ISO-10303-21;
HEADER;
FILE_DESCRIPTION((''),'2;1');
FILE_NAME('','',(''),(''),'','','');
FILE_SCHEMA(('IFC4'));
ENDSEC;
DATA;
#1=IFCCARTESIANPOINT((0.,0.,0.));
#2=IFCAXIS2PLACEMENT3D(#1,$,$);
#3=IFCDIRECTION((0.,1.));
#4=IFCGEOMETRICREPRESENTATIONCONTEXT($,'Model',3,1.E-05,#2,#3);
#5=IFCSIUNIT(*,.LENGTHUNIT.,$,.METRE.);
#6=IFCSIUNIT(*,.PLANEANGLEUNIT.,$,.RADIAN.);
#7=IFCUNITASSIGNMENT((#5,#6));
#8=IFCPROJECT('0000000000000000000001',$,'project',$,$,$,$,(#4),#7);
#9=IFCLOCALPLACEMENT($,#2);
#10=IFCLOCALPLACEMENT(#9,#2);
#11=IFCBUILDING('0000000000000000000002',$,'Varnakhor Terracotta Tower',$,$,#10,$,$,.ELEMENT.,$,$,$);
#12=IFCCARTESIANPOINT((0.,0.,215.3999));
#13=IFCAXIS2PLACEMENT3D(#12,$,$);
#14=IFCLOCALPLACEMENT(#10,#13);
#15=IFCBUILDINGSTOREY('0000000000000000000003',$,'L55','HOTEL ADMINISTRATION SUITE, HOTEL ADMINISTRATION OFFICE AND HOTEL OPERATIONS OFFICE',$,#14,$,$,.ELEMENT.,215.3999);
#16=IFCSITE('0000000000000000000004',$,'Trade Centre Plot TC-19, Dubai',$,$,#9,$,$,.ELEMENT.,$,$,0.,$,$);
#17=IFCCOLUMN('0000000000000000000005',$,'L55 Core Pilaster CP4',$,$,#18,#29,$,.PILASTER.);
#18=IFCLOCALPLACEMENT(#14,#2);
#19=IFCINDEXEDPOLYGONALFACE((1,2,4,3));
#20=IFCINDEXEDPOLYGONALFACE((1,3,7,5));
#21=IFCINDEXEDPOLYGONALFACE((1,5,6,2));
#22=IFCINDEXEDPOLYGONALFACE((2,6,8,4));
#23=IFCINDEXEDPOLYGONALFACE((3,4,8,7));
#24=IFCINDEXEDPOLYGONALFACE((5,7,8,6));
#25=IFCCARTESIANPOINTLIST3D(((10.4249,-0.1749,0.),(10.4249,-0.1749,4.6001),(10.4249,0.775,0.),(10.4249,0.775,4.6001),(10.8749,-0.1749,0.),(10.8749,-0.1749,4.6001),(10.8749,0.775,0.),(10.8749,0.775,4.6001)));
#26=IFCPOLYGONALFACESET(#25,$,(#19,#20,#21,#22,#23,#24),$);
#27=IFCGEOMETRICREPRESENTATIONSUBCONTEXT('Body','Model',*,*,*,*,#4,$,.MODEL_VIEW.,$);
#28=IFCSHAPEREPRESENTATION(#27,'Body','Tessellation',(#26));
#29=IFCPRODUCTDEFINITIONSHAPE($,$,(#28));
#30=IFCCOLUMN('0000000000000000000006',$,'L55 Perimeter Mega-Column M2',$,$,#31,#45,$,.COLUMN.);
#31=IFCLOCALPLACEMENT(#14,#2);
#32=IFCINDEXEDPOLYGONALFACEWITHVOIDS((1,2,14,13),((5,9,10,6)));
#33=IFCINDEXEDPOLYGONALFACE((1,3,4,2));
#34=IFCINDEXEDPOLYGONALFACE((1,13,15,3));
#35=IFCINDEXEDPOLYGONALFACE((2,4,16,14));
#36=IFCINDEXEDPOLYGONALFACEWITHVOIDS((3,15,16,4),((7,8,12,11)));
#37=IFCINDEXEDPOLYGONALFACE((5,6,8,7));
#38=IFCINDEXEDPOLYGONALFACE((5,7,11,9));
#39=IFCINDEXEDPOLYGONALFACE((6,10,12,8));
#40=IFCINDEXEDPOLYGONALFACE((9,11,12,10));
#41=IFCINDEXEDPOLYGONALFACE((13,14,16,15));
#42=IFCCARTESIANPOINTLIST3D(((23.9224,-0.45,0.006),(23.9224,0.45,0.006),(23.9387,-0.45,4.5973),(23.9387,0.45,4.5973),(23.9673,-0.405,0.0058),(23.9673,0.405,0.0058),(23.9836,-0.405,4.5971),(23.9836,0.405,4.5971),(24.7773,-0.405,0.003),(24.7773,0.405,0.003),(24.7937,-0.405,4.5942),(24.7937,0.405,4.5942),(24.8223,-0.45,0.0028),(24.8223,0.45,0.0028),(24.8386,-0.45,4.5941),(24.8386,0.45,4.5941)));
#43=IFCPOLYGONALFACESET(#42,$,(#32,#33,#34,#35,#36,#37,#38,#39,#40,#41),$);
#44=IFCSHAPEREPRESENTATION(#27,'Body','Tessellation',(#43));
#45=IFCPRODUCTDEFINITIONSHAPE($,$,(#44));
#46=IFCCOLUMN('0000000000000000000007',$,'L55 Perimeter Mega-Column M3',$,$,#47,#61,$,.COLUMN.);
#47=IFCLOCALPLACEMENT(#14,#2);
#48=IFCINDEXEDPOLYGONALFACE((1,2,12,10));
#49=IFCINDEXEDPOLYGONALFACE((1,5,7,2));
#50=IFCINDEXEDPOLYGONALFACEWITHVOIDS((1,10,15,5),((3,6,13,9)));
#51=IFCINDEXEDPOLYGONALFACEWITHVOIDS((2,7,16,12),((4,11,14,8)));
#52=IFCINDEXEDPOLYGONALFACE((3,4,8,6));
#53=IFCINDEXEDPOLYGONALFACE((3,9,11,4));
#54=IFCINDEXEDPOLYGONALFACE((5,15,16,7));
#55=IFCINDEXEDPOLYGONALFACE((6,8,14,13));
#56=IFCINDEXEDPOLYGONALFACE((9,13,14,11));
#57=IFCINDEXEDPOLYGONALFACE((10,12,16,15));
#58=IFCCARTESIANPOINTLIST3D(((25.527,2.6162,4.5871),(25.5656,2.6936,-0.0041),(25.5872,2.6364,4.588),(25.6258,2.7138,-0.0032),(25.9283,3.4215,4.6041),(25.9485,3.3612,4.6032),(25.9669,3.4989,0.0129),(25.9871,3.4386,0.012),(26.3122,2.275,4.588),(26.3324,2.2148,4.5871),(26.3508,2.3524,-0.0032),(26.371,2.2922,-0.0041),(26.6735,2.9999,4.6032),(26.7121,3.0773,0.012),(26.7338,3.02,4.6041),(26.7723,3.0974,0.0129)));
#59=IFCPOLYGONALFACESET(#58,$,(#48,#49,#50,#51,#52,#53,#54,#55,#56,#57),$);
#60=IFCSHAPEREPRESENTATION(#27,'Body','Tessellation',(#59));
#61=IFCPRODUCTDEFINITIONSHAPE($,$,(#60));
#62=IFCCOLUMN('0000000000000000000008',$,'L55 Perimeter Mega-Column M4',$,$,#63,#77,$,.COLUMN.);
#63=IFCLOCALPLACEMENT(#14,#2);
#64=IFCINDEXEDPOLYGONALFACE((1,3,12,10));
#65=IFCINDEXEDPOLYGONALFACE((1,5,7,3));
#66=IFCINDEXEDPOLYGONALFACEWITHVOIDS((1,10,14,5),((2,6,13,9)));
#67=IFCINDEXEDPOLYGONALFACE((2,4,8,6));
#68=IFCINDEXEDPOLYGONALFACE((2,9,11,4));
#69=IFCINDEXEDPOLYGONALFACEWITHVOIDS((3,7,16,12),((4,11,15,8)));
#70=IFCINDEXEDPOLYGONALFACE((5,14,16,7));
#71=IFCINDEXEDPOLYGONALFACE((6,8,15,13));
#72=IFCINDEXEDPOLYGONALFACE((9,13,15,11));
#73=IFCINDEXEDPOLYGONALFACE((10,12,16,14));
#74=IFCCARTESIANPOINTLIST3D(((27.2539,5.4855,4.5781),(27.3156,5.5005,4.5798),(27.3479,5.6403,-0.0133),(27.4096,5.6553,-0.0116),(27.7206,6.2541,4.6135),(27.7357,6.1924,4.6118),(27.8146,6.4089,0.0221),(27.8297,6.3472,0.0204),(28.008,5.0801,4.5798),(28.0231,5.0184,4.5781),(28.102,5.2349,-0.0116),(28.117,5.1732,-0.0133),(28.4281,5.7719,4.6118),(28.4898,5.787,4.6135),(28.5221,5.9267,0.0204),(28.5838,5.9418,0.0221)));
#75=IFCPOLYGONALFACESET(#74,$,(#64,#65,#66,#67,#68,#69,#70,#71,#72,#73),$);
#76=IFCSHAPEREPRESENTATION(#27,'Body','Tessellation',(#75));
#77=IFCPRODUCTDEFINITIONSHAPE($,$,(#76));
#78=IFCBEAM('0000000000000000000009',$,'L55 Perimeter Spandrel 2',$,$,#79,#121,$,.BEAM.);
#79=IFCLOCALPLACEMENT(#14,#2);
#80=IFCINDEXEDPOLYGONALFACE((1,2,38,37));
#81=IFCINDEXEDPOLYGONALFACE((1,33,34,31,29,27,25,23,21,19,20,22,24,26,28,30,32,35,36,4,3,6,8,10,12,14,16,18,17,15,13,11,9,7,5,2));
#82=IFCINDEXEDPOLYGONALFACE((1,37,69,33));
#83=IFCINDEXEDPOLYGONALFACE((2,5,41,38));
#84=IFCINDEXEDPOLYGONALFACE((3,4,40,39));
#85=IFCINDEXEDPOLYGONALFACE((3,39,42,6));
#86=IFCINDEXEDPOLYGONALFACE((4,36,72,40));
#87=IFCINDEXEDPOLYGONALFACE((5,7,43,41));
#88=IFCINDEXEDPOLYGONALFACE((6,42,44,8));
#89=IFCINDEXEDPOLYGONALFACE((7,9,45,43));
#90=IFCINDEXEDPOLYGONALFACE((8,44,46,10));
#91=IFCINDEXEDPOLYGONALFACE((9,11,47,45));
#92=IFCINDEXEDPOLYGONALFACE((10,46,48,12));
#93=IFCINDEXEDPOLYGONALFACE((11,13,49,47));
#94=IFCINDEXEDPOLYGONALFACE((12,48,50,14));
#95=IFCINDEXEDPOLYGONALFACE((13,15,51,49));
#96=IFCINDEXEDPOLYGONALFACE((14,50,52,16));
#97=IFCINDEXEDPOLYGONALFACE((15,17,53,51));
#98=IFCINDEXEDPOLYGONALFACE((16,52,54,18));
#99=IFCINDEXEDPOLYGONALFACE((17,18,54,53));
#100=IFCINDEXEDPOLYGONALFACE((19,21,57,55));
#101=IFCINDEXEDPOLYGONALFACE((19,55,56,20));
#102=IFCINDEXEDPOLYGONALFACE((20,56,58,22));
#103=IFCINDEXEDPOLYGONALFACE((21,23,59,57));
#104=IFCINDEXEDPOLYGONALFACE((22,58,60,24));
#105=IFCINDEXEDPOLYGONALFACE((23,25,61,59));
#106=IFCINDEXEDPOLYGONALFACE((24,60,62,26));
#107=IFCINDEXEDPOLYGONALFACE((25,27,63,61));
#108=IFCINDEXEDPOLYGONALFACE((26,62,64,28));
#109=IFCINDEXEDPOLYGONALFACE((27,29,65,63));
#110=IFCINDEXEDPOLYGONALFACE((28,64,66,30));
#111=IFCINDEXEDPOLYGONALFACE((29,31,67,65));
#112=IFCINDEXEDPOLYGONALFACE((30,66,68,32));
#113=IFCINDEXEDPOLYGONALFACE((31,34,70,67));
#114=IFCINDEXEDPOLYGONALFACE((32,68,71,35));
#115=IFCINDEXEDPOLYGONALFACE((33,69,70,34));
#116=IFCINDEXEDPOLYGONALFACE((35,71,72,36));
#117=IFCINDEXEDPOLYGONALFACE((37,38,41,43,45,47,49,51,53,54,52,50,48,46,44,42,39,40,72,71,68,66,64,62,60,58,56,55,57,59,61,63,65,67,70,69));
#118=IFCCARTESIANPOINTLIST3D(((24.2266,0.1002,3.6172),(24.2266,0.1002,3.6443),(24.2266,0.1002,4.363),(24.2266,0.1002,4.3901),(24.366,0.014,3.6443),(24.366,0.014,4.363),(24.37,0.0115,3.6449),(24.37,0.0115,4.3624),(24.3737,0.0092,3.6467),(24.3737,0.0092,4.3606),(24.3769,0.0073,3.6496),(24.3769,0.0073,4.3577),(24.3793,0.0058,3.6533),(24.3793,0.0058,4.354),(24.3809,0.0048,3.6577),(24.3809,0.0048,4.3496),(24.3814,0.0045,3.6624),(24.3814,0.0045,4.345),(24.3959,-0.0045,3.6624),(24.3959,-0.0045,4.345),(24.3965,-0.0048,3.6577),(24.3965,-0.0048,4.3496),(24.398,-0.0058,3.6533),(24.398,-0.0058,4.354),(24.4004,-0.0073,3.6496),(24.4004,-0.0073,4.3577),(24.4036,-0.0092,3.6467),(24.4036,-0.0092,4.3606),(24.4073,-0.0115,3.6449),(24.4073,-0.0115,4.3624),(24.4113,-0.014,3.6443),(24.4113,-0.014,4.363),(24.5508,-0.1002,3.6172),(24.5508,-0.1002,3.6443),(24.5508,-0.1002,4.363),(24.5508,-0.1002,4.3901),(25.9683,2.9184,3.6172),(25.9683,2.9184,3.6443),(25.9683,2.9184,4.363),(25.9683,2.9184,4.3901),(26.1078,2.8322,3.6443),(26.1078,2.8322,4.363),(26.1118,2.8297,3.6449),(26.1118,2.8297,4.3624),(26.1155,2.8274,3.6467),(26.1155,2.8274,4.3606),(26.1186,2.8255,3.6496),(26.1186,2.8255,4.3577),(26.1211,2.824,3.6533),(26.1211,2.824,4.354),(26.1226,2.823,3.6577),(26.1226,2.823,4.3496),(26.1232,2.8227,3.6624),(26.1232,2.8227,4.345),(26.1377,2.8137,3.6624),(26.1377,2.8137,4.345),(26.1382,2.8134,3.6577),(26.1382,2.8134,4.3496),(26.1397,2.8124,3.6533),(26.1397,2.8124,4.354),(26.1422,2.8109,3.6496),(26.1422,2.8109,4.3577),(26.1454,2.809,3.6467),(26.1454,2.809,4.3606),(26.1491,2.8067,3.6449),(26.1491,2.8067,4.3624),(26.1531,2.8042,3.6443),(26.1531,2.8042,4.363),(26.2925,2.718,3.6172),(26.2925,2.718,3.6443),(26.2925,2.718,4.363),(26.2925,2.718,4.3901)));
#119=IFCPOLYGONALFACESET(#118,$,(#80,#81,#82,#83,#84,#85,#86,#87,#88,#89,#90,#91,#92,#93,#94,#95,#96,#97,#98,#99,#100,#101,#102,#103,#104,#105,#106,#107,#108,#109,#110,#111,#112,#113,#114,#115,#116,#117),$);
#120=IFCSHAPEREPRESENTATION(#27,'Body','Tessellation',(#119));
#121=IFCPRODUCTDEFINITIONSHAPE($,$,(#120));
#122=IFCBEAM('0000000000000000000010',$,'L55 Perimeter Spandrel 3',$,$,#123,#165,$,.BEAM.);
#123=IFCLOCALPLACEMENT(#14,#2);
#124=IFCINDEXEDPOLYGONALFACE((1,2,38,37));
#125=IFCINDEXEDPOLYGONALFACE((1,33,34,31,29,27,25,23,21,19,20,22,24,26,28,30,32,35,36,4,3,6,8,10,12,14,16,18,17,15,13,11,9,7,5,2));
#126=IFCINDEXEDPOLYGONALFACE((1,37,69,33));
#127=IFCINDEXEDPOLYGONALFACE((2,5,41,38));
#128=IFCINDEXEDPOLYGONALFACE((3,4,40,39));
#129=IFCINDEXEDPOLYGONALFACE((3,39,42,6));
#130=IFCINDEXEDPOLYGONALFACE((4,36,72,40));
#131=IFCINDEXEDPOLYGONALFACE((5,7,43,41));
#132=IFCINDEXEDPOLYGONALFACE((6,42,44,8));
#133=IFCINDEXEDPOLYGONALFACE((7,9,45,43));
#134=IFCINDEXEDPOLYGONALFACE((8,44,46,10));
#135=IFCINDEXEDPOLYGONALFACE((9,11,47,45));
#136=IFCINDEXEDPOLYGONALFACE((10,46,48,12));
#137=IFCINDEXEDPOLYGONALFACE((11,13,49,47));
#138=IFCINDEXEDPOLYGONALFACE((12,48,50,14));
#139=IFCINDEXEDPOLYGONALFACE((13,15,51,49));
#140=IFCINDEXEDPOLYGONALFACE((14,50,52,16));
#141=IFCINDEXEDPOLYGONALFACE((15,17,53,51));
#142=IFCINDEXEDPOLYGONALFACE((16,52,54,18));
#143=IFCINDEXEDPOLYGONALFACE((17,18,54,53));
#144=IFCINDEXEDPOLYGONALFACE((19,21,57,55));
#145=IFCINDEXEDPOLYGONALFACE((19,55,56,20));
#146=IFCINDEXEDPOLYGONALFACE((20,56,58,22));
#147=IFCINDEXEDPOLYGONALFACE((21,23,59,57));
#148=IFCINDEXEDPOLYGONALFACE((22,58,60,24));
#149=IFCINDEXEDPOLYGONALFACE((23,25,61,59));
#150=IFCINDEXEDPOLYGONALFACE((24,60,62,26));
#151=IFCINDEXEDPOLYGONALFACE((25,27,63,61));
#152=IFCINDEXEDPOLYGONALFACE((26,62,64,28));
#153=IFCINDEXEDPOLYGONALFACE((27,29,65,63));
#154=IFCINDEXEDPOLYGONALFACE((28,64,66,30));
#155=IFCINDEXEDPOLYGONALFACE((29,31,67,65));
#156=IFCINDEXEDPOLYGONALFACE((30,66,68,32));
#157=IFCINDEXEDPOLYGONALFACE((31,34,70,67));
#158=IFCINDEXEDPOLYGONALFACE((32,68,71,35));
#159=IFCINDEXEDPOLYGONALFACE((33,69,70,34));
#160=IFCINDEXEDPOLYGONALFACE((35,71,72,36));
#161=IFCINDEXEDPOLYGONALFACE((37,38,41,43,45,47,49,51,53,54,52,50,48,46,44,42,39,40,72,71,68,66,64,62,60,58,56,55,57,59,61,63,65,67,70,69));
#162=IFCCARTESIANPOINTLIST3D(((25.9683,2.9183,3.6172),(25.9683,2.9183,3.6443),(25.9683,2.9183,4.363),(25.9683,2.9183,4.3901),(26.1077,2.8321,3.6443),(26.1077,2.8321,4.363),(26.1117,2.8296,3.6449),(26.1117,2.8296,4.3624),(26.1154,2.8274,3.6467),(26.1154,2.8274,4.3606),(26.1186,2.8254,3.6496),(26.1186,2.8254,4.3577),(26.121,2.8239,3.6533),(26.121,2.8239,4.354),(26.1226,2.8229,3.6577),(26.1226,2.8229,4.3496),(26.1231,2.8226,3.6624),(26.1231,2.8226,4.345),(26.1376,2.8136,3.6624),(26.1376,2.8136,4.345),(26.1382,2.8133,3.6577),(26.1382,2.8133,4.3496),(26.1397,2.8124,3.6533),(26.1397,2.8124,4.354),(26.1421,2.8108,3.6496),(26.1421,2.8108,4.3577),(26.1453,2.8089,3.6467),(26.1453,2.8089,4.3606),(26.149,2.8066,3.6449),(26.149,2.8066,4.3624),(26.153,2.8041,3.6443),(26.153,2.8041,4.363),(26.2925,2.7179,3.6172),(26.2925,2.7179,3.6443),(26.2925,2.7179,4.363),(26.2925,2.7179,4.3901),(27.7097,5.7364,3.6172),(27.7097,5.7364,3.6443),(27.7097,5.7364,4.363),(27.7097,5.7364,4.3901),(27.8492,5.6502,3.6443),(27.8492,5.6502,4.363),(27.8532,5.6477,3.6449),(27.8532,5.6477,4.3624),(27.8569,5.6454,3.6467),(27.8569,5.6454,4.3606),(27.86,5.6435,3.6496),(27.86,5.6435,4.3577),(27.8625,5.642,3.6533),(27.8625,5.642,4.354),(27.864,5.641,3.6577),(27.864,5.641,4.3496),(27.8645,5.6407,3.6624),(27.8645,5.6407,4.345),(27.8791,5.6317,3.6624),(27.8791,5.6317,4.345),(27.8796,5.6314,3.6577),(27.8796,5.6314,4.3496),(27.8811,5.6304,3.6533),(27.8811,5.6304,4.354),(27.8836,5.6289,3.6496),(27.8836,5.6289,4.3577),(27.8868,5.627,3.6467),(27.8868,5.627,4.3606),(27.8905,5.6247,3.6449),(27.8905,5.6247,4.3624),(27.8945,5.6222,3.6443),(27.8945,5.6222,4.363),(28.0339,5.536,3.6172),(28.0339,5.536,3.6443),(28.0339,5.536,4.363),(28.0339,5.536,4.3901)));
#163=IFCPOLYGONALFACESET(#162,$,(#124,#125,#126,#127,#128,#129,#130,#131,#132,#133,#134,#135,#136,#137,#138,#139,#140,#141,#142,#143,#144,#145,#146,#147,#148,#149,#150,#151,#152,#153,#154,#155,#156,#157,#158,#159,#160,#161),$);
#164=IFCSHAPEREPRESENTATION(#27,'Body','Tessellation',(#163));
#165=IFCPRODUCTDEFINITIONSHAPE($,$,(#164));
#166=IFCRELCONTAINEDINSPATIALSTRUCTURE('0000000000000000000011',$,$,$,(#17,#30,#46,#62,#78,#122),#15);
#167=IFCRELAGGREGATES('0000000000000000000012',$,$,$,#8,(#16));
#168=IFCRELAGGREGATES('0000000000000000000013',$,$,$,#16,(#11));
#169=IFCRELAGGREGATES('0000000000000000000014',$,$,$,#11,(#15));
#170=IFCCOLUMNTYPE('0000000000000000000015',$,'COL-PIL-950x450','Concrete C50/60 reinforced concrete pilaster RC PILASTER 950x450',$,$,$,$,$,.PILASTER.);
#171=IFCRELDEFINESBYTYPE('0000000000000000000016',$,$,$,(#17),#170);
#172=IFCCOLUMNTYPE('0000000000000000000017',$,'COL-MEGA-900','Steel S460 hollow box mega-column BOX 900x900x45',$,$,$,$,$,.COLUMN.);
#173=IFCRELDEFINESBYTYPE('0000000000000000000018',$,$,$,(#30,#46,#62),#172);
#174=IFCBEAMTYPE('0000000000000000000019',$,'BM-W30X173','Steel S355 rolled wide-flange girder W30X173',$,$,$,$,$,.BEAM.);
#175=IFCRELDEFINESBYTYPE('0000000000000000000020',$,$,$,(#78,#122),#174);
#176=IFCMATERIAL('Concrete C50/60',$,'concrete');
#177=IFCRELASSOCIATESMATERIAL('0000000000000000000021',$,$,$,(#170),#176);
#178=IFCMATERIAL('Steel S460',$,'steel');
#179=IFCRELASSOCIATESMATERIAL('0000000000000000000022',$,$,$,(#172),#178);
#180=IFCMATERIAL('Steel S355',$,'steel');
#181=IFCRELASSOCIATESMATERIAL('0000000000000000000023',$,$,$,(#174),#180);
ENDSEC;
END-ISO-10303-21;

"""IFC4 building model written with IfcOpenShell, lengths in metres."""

from ifc_helpers import new_model, si_unit, direction, frame, origin, origin_2d, place, context, subcontext, project, spatial, rectangle, hollow_rectangle, i_section, extrude, source, transform, mapped, material, material_profile, profile_set, type_object, type_shapes, element, save


model = new_model("IFC4")

# Units and contexts
model_context = context("Model", 3, precision=1e-05, world=origin(), true_north=direction((0.0, 1.0)))
body_context = subcontext(model_context, "Body", "Model", "MODEL_VIEW")
ifc_project = project(units=[si_unit("LENGTHUNIT", "METRE"), si_unit("PLANEANGLEUNIT", "RADIAN")], contexts=[model_context])

# Site, building, storey
site_placement = place(None, origin())
site = spatial("IfcSite", under=ifc_project, at=site_placement, Name="Trade Centre Plot TC-19, Dubai", CompositionType="ELEMENT", RefElevation=0.0)
building_placement = place(site_placement, origin())
building = spatial("IfcBuilding", under=site, at=building_placement, Name="Varnakhor Terracotta Tower", CompositionType="ELEMENT")
storey_placement = place(building_placement, frame((0.0, 0.0, 215.3999)))
storey = spatial("IfcBuildingStorey", under=building, at=storey_placement, Name="L55", Description="HOTEL ADMINISTRATION SUITE, HOTEL ADMINISTRATION OFFICE AND HOTEL OPERATIONS OFFICE", CompositionType="ELEMENT", Elevation=215.3999)

# Columns
ifc_material_1 = material(Name="Concrete C50/60", Category="concrete")
ifc_material_profile_1 = material_profile(ifc_material_1, rectangle(XDim=0.45, YDim=0.95, at=origin_2d()), Name="RC PILASTER 950x450")
ifc_profile_set_1 = profile_set([ifc_material_profile_1], Name="Concrete C50/60")
column_type_1 = type_object("IfcColumnType", Name="COL-PIL-950x450", Description="Concrete C50/60 reinforced concrete pilaster RC PILASTER 950x450", PredefinedType="PILASTER", material=ifc_profile_set_1)
shared_shape_1 = source(origin(), body_context, "Body", "SweptSolid", [
    extrude(rectangle(XDim=0.45, YDim=0.95, at=origin_2d()), origin(), (0.0, 0.0, 1.0), 4.6001),
])
column_1_placement = place(storey_placement, frame((10.6499, 0.3, 0.0), z_axis=(0.0, 0.0, 1.0), x_axis=(1.0, 0.0, 0.0)))
element("IfcColumn", 1, at=column_1_placement, inside=storey, type_object=column_type_1, Name="L55 Core Pilaster CP4", PredefinedType="PILASTER", context=body_context, shape_type="MappedRepresentation", body=[
    mapped(shared_shape_1, transform((0.0, 0.0, 0.0), scale=1.0)),
])
ifc_material_2 = material(Name="Steel S460", Category="steel")
ifc_material_profile_2 = material_profile(ifc_material_2, hollow_rectangle(XDim=0.8999, YDim=0.8999, WallThickness=0.0449, at=origin_2d()), Name="BOX 900x900x45")
ifc_profile_set_2 = profile_set([ifc_material_profile_2], Name="Steel S460")
column_type_2 = type_object("IfcColumnType", Name="COL-MEGA-900", Description="Steel S460 hollow box mega-column BOX 900x900x45", PredefinedType="COLUMN", material=ifc_profile_set_2)
shared_shape_2 = source(origin(), body_context, "Body", "SweptSolid", [
    extrude(hollow_rectangle(XDim=0.8999, YDim=0.8999, WallThickness=0.0449, at=origin_2d()), origin(), (0.0, 0.0, 1.0), 4.5913),
])
type_shapes(column_type_2, [shared_shape_2])
column_2_placement = place(storey_placement, frame((24.3723, 0.0, 0.0044), z_axis=(0.003563, 0.0, 0.999994), x_axis=(0.0, 1.0, 0.0)))
element("IfcColumn", 2, at=column_2_placement, inside=storey, type_object=column_type_2, Name="L55 Perimeter Mega-Column M2", PredefinedType="COLUMN", context=body_context, shape_type="MappedRepresentation", body=[
    mapped(shared_shape_2, transform((0.0, 0.0, 0.0), scale=1.0)),
])
shared_shape_3 = source(origin(), body_context, "Body", "SweptSolid", [
    extrude(hollow_rectangle(XDim=0.8999, YDim=0.8999, WallThickness=0.0449, at=origin_2d()), origin(), (0.0, 0.0, 1.0), 4.592),
])
column_3_placement = place(storey_placement, frame((26.1689, 2.8955, 0.0044), z_axis=(-0.0084, -0.016853, 0.999823), x_axis=(0.894991, -0.446084, 0.0)))
element("IfcColumn", 3, at=column_3_placement, inside=storey, type_object=column_type_2, Name="L55 Perimeter Mega-Column M3", PredefinedType="COLUMN", context=body_context, shape_type="MappedRepresentation", body=[
    mapped(shared_shape_3, transform((0.0, 0.0, 0.0), scale=1.0)),
])
shared_shape_4 = source(origin(), body_context, "Body", "SweptSolid", [
    extrude(hollow_rectangle(XDim=0.8999, YDim=0.8999, WallThickness=0.0449, at=origin_2d()), origin(), (0.0, 0.0, 1.0), 4.595),
])
column_4_placement = place(storey_placement, frame((27.9658, 5.791, 0.0044), z_axis=(-0.020456, -0.033686, 0.999223), x_axis=(0.854745, -0.519048, 0.0)))
element("IfcColumn", 4, at=column_4_placement, inside=storey, type_object=column_type_2, Name="L55 Perimeter Mega-Column M4", PredefinedType="COLUMN", context=body_context, shape_type="MappedRepresentation", body=[
    mapped(shared_shape_4, transform((0.0, 0.0, 0.0), scale=1.0)),
])

# Beams
ifc_material_3 = material(Name="Steel S355", Category="steel")
ifc_material_profile_3 = material_profile(ifc_material_3, i_section(OverallWidth=0.3811, OverallDepth=0.7729, WebThickness=0.0171, FlangeThickness=0.0271, FilletRadius=0.0181, at=origin_2d()), Name="W30X173")
ifc_profile_set_3 = profile_set([ifc_material_profile_3], Name="Steel S355")
beam_type_1 = type_object("IfcBeamType", Name="BM-W30X173", Description="Steel S355 rolled wide-flange girder W30X173", PredefinedType="BEAM", material=ifc_profile_set_3)
shared_shape_5 = source(origin(), body_context, "Body", "SweptSolid", [
    extrude(i_section(OverallWidth=0.3811, OverallDepth=0.7729, WebThickness=0.0171, FlangeThickness=0.0271, FilletRadius=0.0181, at=origin_2d()), origin(), (0.0, 0.0, 1.0), 3.313),
])
beam_1_placement = place(storey_placement, frame((24.3887, 0.0, 4.0037), z_axis=(0.525733, 0.85065, 0.0), x_axis=(-0.85065, 0.525733, 0.0)))
element("IfcBeam", 5, at=beam_1_placement, inside=storey, type_object=beam_type_1, Name="L55 Perimeter Spandrel 2", PredefinedType="BEAM", context=body_context, shape_type="MappedRepresentation", body=[
    mapped(shared_shape_5, transform((0.0, 0.0, 0.0), scale=1.0)),
])
shared_shape_6 = source(origin(), body_context, "Body", "SweptSolid", [
    extrude(i_section(OverallWidth=0.3811, OverallDepth=0.7729, WebThickness=0.0171, FlangeThickness=0.0271, FilletRadius=0.0181, at=origin_2d()), origin(), (0.0, 0.0, 1.0), 3.3127),
])
beam_2_placement = place(storey_placement, frame((26.1304, 2.8181, 4.0037), z_axis=(0.52568, 0.850683, 0.0), x_axis=(-0.850683, 0.52568, 0.0)))
element("IfcBeam", 6, at=beam_2_placement, inside=storey, type_object=beam_type_1, Name="L55 Perimeter Spandrel 3", PredefinedType="BEAM", context=body_context, shape_type="MappedRepresentation", body=[
    mapped(shared_shape_6, transform((0.0, 0.0, 0.0), scale=1.0)),
])

save(model, "model.ifc")
